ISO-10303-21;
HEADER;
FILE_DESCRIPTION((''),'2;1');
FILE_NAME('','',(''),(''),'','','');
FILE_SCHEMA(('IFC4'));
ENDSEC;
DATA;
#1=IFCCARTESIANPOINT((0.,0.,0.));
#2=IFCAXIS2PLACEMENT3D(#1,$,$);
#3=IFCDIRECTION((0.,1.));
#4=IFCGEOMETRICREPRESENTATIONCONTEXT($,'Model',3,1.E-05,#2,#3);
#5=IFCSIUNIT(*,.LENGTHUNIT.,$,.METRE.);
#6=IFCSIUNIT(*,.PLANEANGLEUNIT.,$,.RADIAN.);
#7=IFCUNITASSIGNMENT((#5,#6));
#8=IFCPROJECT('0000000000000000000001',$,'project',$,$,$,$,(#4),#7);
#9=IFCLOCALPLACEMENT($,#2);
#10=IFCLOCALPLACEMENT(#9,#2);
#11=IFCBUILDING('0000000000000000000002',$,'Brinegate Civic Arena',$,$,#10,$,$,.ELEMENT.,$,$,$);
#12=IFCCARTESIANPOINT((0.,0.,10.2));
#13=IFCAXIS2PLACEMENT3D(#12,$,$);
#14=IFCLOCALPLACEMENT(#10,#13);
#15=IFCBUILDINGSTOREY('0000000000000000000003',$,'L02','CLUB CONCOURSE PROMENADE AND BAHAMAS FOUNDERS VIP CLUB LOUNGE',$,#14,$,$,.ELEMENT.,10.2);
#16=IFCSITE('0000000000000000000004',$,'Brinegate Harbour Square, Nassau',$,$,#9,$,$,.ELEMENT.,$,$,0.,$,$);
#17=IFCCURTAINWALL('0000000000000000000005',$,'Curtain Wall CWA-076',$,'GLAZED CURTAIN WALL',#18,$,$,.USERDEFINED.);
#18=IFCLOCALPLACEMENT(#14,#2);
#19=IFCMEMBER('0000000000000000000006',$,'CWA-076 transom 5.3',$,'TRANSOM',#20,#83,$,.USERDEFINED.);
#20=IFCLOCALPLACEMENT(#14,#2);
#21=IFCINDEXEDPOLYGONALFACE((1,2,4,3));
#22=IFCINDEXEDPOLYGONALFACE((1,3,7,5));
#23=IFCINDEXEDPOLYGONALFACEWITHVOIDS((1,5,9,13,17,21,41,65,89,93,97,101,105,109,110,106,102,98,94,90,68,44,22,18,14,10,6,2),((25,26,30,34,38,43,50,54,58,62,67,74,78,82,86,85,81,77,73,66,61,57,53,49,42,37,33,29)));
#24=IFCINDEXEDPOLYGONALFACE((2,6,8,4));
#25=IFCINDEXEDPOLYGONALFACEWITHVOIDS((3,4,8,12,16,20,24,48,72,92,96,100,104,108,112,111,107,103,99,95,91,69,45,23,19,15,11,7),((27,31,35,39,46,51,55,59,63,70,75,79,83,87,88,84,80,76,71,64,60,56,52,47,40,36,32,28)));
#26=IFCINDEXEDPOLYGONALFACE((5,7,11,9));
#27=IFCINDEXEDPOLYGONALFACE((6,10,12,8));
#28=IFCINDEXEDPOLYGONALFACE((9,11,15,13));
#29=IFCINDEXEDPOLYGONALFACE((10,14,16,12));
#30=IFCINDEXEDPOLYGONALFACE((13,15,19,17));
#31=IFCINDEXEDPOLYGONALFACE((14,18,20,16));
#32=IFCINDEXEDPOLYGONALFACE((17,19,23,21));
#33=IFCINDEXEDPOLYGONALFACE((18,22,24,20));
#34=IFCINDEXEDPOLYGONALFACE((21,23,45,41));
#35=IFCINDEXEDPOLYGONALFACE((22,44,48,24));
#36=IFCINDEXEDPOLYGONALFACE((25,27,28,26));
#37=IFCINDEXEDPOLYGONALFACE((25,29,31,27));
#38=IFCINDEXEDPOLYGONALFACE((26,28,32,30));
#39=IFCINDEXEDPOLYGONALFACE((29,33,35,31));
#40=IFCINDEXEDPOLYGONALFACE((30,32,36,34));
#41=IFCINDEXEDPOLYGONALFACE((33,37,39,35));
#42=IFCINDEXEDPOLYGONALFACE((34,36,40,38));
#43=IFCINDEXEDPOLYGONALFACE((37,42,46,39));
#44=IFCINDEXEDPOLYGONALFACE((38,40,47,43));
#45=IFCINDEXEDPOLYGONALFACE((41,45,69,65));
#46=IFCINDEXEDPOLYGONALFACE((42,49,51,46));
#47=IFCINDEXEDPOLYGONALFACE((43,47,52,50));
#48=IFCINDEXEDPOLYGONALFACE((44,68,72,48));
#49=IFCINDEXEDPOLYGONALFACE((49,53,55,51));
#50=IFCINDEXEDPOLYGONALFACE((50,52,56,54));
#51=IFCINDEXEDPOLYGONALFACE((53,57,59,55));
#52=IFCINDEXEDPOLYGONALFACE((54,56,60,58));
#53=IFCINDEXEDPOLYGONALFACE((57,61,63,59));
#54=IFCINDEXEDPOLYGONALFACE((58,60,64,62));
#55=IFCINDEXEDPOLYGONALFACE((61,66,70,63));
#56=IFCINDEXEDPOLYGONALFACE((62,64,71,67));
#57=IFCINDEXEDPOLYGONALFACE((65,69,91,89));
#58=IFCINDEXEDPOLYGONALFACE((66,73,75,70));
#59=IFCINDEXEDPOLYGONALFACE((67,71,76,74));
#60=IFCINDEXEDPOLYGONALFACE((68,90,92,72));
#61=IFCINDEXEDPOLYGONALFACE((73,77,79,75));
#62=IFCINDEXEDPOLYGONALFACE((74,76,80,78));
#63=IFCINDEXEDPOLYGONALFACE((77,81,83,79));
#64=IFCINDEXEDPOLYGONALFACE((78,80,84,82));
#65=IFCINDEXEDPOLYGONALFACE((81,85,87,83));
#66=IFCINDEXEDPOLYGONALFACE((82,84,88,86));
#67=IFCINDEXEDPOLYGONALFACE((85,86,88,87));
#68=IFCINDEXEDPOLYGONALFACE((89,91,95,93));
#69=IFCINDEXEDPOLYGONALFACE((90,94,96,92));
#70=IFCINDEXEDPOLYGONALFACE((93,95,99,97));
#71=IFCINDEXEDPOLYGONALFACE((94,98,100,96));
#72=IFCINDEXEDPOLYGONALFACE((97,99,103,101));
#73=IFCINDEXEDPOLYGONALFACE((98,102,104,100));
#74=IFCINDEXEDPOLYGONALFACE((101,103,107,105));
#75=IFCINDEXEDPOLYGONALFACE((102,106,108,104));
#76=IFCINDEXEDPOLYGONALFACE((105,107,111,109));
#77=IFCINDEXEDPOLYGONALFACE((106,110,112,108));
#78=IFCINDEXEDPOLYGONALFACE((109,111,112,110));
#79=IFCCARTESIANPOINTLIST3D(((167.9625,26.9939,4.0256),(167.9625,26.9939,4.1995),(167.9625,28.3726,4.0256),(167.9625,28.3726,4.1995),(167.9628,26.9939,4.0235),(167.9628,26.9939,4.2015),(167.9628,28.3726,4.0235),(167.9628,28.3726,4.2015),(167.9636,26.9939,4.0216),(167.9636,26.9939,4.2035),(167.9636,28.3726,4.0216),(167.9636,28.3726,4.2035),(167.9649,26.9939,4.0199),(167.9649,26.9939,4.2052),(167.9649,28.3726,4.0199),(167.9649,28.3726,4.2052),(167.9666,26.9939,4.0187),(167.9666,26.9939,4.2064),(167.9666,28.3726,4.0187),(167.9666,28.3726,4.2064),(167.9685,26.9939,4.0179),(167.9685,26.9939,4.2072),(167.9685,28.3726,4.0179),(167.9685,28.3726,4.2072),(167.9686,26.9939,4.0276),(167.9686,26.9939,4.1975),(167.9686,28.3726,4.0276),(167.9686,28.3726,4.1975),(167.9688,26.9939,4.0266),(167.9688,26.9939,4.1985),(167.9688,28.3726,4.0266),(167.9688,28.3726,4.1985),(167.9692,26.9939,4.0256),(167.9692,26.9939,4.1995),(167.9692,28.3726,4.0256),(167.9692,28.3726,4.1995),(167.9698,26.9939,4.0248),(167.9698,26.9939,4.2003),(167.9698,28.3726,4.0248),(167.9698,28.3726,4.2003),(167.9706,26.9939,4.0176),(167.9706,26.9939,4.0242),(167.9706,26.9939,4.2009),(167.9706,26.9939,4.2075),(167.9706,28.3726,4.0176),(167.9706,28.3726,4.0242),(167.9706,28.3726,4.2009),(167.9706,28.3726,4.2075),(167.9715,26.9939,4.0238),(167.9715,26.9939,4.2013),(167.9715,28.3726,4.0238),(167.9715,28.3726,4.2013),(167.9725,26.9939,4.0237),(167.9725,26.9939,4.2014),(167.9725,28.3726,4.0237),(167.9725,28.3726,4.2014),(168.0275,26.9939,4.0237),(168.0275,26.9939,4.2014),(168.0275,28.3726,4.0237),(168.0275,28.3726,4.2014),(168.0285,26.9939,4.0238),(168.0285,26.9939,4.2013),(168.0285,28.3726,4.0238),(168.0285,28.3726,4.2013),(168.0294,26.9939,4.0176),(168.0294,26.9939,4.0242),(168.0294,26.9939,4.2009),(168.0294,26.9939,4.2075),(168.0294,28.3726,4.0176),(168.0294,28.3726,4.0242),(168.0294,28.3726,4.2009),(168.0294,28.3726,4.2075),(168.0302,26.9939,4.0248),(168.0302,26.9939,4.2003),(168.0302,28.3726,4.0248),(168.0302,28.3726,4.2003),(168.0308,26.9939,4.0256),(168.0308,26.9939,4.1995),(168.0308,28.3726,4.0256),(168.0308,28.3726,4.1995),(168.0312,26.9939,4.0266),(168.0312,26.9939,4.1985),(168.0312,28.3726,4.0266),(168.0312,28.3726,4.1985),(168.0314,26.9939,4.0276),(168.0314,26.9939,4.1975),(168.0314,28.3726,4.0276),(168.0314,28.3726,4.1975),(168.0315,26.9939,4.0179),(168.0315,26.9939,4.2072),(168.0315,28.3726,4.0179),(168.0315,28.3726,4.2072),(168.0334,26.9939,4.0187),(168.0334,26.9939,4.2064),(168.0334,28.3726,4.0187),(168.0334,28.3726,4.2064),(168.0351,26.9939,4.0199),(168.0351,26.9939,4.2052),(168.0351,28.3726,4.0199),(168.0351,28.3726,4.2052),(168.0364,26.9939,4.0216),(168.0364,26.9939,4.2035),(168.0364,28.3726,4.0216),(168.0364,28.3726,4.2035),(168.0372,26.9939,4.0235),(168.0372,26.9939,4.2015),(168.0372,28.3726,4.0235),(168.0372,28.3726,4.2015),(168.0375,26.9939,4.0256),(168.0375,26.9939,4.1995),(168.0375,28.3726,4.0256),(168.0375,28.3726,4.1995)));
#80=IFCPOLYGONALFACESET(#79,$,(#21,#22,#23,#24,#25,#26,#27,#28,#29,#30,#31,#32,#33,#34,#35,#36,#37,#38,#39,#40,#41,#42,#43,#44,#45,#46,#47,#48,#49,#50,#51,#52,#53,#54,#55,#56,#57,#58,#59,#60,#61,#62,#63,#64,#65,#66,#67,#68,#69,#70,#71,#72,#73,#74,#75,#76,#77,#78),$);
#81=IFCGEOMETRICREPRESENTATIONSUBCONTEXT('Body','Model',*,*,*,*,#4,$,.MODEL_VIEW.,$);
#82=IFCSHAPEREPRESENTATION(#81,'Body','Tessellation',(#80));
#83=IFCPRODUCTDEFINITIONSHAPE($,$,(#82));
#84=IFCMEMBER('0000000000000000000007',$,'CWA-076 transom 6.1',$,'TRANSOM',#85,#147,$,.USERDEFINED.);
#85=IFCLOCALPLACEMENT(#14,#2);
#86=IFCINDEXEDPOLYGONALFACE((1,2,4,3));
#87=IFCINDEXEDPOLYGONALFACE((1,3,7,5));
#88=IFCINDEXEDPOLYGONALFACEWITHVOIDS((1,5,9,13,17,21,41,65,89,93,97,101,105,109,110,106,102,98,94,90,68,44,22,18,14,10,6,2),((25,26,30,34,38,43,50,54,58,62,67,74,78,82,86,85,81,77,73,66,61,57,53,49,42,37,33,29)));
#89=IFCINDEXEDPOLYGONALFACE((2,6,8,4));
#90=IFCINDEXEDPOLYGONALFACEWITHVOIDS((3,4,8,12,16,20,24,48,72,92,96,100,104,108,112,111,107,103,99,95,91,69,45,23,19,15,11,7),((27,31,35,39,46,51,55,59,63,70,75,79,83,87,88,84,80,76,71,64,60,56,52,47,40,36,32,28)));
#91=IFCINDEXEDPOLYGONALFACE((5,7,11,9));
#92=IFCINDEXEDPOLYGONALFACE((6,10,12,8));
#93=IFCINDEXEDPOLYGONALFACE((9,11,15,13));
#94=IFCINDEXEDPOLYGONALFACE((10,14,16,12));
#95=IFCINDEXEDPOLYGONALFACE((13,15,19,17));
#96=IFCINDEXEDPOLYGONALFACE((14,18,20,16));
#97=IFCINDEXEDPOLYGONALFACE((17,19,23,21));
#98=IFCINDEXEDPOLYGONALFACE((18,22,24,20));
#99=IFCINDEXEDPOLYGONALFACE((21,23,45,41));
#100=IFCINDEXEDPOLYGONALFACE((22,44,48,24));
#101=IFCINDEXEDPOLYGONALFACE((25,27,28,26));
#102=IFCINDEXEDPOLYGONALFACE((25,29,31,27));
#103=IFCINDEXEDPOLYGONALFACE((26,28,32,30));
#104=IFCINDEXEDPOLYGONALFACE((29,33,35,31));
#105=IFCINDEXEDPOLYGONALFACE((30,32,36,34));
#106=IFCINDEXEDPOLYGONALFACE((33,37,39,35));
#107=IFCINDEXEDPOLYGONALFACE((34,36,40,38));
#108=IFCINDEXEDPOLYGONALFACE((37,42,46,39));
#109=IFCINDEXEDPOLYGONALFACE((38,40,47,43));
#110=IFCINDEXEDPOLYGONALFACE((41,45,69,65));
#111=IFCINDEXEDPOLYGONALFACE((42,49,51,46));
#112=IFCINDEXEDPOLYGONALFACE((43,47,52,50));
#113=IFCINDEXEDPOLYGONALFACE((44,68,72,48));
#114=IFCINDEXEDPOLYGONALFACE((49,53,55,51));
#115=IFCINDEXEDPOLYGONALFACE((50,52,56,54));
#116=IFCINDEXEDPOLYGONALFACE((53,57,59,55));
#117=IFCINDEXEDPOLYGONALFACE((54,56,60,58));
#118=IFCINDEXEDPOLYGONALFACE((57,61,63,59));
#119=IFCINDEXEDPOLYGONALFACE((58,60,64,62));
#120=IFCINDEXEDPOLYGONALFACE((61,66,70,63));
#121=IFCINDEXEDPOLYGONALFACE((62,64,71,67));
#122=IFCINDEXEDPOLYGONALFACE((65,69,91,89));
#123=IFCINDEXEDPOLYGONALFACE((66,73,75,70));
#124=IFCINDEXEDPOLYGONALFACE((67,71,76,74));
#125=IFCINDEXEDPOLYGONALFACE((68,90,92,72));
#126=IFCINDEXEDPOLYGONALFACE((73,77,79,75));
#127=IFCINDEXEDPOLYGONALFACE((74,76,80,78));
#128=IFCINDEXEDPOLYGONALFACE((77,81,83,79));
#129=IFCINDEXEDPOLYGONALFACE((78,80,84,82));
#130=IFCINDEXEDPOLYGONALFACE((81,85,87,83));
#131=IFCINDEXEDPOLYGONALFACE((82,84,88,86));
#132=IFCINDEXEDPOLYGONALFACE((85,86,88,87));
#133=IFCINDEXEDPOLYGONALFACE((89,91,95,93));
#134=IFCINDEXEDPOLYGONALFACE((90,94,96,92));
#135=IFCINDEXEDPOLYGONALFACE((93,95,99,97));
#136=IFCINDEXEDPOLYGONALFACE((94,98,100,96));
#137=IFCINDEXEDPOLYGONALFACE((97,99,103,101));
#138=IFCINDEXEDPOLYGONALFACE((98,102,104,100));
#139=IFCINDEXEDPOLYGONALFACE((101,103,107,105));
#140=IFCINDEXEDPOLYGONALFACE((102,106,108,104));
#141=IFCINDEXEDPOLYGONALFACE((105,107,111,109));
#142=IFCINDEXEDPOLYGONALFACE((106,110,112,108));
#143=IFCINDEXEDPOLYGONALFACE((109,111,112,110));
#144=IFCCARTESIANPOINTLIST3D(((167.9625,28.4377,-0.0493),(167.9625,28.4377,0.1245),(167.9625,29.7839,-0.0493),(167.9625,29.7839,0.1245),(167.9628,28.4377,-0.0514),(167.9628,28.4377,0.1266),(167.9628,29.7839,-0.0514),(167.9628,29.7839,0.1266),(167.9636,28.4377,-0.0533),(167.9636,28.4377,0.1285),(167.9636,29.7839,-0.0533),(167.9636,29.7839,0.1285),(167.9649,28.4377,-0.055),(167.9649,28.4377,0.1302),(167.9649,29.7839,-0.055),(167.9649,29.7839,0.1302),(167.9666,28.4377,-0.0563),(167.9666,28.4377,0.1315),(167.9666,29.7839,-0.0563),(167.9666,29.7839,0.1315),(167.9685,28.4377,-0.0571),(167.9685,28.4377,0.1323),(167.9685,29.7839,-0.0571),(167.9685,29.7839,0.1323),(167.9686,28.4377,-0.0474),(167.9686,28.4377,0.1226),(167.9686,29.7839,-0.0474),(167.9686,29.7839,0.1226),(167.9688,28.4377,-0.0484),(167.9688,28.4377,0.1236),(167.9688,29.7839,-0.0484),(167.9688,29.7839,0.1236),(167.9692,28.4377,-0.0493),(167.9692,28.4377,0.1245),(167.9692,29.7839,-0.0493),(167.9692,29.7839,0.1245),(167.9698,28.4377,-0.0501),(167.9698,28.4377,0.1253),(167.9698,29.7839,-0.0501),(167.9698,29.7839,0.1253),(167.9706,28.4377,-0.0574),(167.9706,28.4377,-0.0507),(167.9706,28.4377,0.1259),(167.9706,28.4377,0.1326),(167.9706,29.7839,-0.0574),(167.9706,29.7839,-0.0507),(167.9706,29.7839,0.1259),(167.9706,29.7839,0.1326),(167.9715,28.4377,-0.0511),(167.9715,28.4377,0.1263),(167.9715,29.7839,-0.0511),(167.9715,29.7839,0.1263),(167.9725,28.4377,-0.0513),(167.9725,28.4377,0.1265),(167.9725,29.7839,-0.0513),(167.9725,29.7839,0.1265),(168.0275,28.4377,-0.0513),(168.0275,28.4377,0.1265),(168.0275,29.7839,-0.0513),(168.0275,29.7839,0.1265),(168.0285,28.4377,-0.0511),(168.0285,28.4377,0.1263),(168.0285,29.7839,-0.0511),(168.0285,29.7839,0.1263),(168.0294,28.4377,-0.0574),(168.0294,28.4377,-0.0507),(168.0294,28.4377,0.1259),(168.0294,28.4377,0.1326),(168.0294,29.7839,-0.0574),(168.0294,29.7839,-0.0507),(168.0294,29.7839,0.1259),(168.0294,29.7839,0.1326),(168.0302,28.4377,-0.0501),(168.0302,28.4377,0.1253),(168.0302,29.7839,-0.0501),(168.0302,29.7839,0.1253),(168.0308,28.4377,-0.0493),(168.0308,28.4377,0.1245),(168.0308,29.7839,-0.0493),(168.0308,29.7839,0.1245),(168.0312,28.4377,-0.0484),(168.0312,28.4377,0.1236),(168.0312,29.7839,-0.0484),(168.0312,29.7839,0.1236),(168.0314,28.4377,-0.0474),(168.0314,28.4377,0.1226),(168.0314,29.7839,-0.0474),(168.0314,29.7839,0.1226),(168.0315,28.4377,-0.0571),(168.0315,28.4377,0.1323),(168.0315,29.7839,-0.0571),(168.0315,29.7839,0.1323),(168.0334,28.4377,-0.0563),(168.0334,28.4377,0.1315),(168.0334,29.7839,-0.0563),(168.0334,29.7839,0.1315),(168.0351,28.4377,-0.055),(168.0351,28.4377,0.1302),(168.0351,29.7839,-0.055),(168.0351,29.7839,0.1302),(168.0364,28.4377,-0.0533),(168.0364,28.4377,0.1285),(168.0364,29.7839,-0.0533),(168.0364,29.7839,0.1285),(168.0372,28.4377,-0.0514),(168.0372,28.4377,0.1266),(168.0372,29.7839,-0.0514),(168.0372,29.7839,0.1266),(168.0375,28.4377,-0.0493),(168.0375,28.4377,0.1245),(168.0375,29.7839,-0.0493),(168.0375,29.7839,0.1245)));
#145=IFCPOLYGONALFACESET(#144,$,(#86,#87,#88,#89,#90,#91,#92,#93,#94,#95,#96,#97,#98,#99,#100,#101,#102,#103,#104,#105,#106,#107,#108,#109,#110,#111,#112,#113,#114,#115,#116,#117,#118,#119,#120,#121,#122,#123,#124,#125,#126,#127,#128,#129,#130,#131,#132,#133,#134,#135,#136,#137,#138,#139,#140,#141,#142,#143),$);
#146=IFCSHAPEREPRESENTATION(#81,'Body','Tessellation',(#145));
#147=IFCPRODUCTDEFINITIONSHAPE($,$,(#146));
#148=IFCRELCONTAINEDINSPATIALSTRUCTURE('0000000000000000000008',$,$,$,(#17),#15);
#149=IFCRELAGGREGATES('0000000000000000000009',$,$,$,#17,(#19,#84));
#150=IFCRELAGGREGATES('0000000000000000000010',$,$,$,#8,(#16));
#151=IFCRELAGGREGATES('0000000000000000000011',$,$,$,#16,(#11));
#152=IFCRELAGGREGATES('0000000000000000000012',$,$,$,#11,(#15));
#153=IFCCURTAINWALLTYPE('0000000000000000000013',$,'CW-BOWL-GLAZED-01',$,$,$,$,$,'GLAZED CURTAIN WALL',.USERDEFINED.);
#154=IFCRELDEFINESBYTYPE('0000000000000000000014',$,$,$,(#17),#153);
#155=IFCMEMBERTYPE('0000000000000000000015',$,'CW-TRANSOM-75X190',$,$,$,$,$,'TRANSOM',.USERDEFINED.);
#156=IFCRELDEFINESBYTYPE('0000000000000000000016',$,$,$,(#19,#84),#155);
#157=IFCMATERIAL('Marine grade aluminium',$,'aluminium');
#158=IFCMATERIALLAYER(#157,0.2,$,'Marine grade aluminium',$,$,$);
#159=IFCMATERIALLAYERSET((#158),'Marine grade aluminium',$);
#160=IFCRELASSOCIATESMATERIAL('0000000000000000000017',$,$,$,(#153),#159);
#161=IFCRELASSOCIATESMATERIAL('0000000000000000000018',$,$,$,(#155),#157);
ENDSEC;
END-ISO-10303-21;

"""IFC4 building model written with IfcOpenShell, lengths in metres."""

from ifc_helpers import new_model, si_unit, direction, frame, origin, origin_2d, place, context, subcontext, project, spatial, hollow_rectangle, extrude, material, layer, layer_set, material_profile, profile_set, type_object, element, aggregate, save


model = new_model("IFC4")

# Units and contexts
model_context = context("Model", 3, precision=1e-05, world=origin(), true_north=direction((0.0, 1.0)))
body_context = subcontext(model_context, "Body", "Model", "MODEL_VIEW")
ifc_project = project(units=[si_unit("LENGTHUNIT", "METRE"), si_unit("PLANEANGLEUNIT", "RADIAN")], contexts=[model_context])

# Site, building, storey
site_placement = place(None, origin())
site = spatial("IfcSite", under=ifc_project, at=site_placement, Name="Brinegate Harbour Square, Nassau", CompositionType="ELEMENT", RefElevation=0.0)
building_placement = place(site_placement, origin())
building = spatial("IfcBuilding", under=site, at=building_placement, Name="Brinegate Civic Arena", CompositionType="ELEMENT")
storey_placement = place(building_placement, frame((0.0, 0.0, 10.2)))
storey = spatial("IfcBuildingStorey", under=building, at=storey_placement, Name="L02", Description="CLUB CONCOURSE PROMENADE AND BAHAMAS FOUNDERS VIP CLUB LOUNGE", CompositionType="ELEMENT", Elevation=10.2)

# Curtain wall, members
ifc_material_1 = material(Name="Marine grade aluminium", Category="aluminium")
ifc_layer_1 = layer(ifc_material_1, 0.2, Name="Marine grade aluminium")
ifc_layer_set_1 = layer_set([ifc_layer_1], Name="Marine grade aluminium")
curtain_wall_type = type_object("IfcCurtainWallType", Name="CW-BOWL-GLAZED-01", ElementType="GLAZED CURTAIN WALL", PredefinedType="USERDEFINED", material=ifc_layer_set_1)
curtain_wall_placement = place(storey_placement, origin())
curtain_wall = element("IfcCurtainWall", 1, at=curtain_wall_placement, inside=storey, type_object=curtain_wall_type, Name="Curtain Wall CWA-076", ObjectType="GLAZED CURTAIN WALL", PredefinedType="USERDEFINED")
ifc_material_profile_1 = material_profile(ifc_material_1, hollow_rectangle(XDim=0.075, YDim=0.1899, WallThickness=0.0061, InnerFilletRadius=0.0039, OuterFilletRadius=0.0081, at=origin_2d()), Name="TRN75X190")
ifc_profile_set_1 = profile_set([ifc_material_profile_1], Name="Marine grade aluminium")
member_type_1 = type_object("IfcMemberType", Name="CW-TRANSOM-75X190", ElementType="TRANSOM", PredefinedType="USERDEFINED", material=ifc_profile_set_1)
member_1_placement = place(storey_placement, frame((168.0, 26.9939, 4.1125), z_axis=(0.0, 1.0, 0.0), x_axis=(-1.0, 0.0, 0.0)))
member_1 = element("IfcMember", 2, at=member_1_placement, type_object=member_type_1, Name="CWA-076 transom 5.3", ObjectType="TRANSOM", PredefinedType="USERDEFINED", context=body_context, shape_type="SweptSolid", body=[
    extrude(hollow_rectangle(XDim=0.075, YDim=0.1899, WallThickness=0.0061, InnerFilletRadius=0.0039, OuterFilletRadius=0.0081, at=origin_2d()), origin(), (0.0, 0.0, 1.0), 1.3787),
])
member_2_placement = place(storey_placement, frame((168.0, 28.4377, 0.0376), z_axis=(0.0, 1.0, 0.0), x_axis=(-1.0, 0.0, 0.0)))
member_2 = element("IfcMember", 3, at=member_2_placement, type_object=member_type_1, Name="CWA-076 transom 6.1", ObjectType="TRANSOM", PredefinedType="USERDEFINED", context=body_context, shape_type="SweptSolid", body=[
    extrude(hollow_rectangle(XDim=0.075, YDim=0.1899, WallThickness=0.0061, InnerFilletRadius=0.0039, OuterFilletRadius=0.0081, at=origin_2d()), origin(), (0.0, 0.0, 1.0), 1.3462),
])

aggregate(curtain_wall, [member_1, member_2])

save(model, "model.ifc")
